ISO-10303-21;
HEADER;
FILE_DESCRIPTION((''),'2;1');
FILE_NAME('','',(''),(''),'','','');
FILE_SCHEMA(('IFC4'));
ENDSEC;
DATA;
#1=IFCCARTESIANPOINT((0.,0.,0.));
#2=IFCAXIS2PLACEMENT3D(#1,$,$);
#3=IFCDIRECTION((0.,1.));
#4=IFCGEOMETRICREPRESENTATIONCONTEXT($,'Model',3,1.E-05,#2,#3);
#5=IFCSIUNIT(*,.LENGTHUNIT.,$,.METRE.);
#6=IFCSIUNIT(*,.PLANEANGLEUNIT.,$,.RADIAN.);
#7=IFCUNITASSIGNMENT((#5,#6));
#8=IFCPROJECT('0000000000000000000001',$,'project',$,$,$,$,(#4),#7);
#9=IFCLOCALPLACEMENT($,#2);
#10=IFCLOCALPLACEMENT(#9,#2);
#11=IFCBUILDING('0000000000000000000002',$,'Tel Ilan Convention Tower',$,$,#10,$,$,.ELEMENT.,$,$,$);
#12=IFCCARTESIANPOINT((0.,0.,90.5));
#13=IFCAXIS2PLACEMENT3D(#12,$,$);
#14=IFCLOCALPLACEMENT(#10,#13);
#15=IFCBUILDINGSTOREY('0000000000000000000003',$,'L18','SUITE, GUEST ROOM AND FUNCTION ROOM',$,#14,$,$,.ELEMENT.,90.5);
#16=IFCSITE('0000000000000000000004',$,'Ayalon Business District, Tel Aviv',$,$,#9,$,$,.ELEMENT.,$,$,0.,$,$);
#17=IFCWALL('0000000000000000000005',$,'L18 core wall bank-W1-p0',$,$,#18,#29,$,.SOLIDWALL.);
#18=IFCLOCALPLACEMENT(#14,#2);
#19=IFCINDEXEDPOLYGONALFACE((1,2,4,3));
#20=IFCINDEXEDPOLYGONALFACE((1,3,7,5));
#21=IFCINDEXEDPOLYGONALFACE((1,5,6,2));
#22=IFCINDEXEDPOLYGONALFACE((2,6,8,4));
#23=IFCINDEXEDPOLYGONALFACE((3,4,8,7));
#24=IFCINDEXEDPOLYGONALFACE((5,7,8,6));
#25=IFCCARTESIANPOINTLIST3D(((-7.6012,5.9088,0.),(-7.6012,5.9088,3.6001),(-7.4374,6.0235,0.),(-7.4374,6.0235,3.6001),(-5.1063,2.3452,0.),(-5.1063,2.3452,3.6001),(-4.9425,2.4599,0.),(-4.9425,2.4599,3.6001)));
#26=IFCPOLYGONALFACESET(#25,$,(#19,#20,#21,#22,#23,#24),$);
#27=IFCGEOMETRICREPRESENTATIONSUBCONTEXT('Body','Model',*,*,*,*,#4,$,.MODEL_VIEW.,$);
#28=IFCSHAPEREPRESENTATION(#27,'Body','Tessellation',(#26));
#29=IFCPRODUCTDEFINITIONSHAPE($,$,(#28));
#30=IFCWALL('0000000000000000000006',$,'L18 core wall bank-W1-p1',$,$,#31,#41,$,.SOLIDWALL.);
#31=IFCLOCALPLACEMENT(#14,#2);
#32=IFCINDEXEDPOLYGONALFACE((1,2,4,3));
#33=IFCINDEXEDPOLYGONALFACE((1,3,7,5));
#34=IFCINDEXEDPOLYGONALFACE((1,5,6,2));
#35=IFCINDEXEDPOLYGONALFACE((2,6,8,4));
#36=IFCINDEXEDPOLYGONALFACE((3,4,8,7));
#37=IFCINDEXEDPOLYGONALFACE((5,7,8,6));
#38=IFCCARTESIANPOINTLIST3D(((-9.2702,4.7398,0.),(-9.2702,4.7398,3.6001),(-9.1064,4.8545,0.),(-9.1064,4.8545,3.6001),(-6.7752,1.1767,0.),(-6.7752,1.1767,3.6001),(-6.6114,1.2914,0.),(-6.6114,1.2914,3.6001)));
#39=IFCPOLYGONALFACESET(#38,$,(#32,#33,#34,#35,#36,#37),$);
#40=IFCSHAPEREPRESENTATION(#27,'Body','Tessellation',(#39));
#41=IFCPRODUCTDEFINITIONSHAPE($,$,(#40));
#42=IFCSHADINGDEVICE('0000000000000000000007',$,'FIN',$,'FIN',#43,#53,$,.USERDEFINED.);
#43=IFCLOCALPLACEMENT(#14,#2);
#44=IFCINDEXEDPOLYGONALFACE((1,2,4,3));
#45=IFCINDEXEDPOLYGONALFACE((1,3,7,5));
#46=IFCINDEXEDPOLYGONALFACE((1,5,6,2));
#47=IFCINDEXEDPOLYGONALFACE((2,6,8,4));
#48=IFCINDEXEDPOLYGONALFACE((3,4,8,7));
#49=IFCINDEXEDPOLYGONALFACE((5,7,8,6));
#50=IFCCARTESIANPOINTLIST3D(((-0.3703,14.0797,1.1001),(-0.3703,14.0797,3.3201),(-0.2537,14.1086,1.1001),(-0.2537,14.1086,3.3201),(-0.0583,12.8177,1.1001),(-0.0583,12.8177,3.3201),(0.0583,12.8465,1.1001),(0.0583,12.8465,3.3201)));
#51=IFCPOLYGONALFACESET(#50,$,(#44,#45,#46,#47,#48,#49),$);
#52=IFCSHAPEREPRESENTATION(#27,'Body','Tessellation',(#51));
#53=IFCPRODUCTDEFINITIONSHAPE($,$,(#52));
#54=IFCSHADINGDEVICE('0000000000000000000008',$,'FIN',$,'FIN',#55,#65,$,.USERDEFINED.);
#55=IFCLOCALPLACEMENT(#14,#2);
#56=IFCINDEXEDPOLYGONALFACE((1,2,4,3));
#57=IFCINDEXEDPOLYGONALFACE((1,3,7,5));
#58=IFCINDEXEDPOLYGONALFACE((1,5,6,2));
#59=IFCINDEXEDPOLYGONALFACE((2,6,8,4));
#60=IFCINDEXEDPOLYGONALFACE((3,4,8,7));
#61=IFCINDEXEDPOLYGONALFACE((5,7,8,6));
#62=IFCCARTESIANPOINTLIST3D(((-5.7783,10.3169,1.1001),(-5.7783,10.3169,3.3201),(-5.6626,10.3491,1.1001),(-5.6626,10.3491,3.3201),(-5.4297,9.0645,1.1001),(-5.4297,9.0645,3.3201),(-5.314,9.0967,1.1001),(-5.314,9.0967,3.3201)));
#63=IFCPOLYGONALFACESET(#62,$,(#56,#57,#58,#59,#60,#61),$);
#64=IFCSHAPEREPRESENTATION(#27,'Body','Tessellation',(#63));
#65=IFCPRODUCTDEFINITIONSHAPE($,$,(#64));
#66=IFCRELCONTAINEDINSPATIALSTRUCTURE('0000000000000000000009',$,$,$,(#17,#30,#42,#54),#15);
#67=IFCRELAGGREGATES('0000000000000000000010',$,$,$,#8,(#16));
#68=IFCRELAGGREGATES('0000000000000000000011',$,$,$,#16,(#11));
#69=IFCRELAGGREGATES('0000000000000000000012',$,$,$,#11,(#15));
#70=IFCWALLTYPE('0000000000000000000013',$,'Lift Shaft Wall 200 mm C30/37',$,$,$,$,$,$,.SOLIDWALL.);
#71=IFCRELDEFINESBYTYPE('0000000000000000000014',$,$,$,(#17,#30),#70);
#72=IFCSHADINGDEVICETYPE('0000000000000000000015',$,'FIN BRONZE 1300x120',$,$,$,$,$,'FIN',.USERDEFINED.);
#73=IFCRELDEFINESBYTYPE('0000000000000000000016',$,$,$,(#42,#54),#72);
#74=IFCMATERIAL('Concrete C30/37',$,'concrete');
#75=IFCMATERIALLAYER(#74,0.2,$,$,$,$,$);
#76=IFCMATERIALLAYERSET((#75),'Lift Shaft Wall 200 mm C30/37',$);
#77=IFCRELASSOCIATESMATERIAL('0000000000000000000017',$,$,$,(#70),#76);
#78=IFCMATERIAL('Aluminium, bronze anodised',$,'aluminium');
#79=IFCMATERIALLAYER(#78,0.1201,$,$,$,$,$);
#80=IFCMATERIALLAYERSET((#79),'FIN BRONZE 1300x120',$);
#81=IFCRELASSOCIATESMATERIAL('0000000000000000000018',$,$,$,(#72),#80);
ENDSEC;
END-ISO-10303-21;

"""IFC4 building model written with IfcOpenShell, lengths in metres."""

from ifc_helpers import new_model, si_unit, direction, frame, frame_2d, origin, origin_2d, place, context, subcontext, project, spatial, rectangle, extrude, material, layer, layer_set, type_object, element, save


model = new_model("IFC4")

# Units and contexts
model_context = context("Model", 3, precision=1e-05, world=origin(), true_north=direction((0.0, 1.0)))
body_context = subcontext(model_context, "Body", "Model", "MODEL_VIEW")
ifc_project = project(units=[si_unit("LENGTHUNIT", "METRE"), si_unit("PLANEANGLEUNIT", "RADIAN")], contexts=[model_context])

# Site, building, storey
site_placement = place(None, origin())
site = spatial("IfcSite", under=ifc_project, at=site_placement, Name="Ayalon Business District, Tel Aviv", CompositionType="ELEMENT", RefElevation=0.0)
building_placement = place(site_placement, origin())
building = spatial("IfcBuilding", under=site, at=building_placement, Name="Tel Ilan Convention Tower", CompositionType="ELEMENT")
storey_placement = place(building_placement, frame((0.0, 0.0, 90.5)))
storey = spatial("IfcBuildingStorey", under=building, at=storey_placement, Name="L18", Description="SUITE, GUEST ROOM AND FUNCTION ROOM", CompositionType="ELEMENT", Elevation=90.5)

# Walls
ifc_material_1 = material(Name="Concrete C30/37", Category="concrete")
ifc_layer_1 = layer(ifc_material_1, 0.2)
ifc_layer_set_1 = layer_set([ifc_layer_1], Name="Lift Shaft Wall 200 mm C30/37")
wall_type_1 = type_object("IfcWallType", Name="Lift Shaft Wall 200 mm C30/37", PredefinedType="SOLIDWALL", material=ifc_layer_set_1)
wall_1_placement = place(storey_placement, frame((-5.0244, 2.4026, 0.0), z_axis=(0.0, 0.0, 1.0), x_axis=(-0.57353, 0.819184, 0.0)))
element("IfcWall", 1, at=wall_1_placement, inside=storey, type_object=wall_type_1, Name="L18 core wall bank-W1-p0", PredefinedType="SOLIDWALL", context=body_context, shape_type="SweptSolid", body=[
    extrude(rectangle(XDim=4.3501, YDim=0.2, at=frame_2d((2.175, 0.0))), origin(), (0.0, 0.0, 1.0), 3.6001),
])
wall_2_placement = place(storey_placement, frame((-6.6934, 1.2341, 0.0), z_axis=(0.0, 0.0, 1.0), x_axis=(-0.573594, 0.81914, 0.0)))
element("IfcWall", 2, at=wall_2_placement, inside=storey, type_object=wall_type_1, Name="L18 core wall bank-W1-p1", PredefinedType="SOLIDWALL", context=body_context, shape_type="SweptSolid", body=[
    extrude(rectangle(XDim=4.3499, YDim=0.2, at=frame_2d((2.1748, 0.0))), origin(), (0.0, 0.0, 1.0), 3.6001),
])

# Shading devices
ifc_material_2 = material(Name="Aluminium, bronze anodised", Category="aluminium")
ifc_layer_2 = layer(ifc_material_2, 0.1201)
ifc_layer_set_2 = layer_set([ifc_layer_2], Name="FIN BRONZE 1300x120")
shading_device_type = type_object("IfcShadingDeviceType", Name="FIN BRONZE 1300x120", ElementType="FIN", PredefinedType="USERDEFINED", material=ifc_layer_set_2)
for number, where, z_axis, x_axis, name in (
    (3, (-0.156, 13.4631, 1.1001), (0.0, 0.0, 1.0), (-0.24004, 0.970763, 0.0), "FIN"),
    (4, (-5.5461, 9.7068, 1.1001), (0.0, 0.0, 1.0), (-0.268173, 0.963371, 0.0), "FIN"),
):
    element("IfcShadingDevice", number, at=place(storey_placement, frame(where, z_axis=z_axis, x_axis=x_axis)), inside=storey, type_object=shading_device_type, Name=name, ObjectType="FIN", PredefinedType="USERDEFINED", context=body_context, shape_type="SweptSolid", body=[
        extrude(rectangle(XDim=1.3, YDim=0.1201, at=origin_2d()), origin(), (0.0, 0.0, 1.0), 2.22),
    ])

save(model, "model.ifc")
